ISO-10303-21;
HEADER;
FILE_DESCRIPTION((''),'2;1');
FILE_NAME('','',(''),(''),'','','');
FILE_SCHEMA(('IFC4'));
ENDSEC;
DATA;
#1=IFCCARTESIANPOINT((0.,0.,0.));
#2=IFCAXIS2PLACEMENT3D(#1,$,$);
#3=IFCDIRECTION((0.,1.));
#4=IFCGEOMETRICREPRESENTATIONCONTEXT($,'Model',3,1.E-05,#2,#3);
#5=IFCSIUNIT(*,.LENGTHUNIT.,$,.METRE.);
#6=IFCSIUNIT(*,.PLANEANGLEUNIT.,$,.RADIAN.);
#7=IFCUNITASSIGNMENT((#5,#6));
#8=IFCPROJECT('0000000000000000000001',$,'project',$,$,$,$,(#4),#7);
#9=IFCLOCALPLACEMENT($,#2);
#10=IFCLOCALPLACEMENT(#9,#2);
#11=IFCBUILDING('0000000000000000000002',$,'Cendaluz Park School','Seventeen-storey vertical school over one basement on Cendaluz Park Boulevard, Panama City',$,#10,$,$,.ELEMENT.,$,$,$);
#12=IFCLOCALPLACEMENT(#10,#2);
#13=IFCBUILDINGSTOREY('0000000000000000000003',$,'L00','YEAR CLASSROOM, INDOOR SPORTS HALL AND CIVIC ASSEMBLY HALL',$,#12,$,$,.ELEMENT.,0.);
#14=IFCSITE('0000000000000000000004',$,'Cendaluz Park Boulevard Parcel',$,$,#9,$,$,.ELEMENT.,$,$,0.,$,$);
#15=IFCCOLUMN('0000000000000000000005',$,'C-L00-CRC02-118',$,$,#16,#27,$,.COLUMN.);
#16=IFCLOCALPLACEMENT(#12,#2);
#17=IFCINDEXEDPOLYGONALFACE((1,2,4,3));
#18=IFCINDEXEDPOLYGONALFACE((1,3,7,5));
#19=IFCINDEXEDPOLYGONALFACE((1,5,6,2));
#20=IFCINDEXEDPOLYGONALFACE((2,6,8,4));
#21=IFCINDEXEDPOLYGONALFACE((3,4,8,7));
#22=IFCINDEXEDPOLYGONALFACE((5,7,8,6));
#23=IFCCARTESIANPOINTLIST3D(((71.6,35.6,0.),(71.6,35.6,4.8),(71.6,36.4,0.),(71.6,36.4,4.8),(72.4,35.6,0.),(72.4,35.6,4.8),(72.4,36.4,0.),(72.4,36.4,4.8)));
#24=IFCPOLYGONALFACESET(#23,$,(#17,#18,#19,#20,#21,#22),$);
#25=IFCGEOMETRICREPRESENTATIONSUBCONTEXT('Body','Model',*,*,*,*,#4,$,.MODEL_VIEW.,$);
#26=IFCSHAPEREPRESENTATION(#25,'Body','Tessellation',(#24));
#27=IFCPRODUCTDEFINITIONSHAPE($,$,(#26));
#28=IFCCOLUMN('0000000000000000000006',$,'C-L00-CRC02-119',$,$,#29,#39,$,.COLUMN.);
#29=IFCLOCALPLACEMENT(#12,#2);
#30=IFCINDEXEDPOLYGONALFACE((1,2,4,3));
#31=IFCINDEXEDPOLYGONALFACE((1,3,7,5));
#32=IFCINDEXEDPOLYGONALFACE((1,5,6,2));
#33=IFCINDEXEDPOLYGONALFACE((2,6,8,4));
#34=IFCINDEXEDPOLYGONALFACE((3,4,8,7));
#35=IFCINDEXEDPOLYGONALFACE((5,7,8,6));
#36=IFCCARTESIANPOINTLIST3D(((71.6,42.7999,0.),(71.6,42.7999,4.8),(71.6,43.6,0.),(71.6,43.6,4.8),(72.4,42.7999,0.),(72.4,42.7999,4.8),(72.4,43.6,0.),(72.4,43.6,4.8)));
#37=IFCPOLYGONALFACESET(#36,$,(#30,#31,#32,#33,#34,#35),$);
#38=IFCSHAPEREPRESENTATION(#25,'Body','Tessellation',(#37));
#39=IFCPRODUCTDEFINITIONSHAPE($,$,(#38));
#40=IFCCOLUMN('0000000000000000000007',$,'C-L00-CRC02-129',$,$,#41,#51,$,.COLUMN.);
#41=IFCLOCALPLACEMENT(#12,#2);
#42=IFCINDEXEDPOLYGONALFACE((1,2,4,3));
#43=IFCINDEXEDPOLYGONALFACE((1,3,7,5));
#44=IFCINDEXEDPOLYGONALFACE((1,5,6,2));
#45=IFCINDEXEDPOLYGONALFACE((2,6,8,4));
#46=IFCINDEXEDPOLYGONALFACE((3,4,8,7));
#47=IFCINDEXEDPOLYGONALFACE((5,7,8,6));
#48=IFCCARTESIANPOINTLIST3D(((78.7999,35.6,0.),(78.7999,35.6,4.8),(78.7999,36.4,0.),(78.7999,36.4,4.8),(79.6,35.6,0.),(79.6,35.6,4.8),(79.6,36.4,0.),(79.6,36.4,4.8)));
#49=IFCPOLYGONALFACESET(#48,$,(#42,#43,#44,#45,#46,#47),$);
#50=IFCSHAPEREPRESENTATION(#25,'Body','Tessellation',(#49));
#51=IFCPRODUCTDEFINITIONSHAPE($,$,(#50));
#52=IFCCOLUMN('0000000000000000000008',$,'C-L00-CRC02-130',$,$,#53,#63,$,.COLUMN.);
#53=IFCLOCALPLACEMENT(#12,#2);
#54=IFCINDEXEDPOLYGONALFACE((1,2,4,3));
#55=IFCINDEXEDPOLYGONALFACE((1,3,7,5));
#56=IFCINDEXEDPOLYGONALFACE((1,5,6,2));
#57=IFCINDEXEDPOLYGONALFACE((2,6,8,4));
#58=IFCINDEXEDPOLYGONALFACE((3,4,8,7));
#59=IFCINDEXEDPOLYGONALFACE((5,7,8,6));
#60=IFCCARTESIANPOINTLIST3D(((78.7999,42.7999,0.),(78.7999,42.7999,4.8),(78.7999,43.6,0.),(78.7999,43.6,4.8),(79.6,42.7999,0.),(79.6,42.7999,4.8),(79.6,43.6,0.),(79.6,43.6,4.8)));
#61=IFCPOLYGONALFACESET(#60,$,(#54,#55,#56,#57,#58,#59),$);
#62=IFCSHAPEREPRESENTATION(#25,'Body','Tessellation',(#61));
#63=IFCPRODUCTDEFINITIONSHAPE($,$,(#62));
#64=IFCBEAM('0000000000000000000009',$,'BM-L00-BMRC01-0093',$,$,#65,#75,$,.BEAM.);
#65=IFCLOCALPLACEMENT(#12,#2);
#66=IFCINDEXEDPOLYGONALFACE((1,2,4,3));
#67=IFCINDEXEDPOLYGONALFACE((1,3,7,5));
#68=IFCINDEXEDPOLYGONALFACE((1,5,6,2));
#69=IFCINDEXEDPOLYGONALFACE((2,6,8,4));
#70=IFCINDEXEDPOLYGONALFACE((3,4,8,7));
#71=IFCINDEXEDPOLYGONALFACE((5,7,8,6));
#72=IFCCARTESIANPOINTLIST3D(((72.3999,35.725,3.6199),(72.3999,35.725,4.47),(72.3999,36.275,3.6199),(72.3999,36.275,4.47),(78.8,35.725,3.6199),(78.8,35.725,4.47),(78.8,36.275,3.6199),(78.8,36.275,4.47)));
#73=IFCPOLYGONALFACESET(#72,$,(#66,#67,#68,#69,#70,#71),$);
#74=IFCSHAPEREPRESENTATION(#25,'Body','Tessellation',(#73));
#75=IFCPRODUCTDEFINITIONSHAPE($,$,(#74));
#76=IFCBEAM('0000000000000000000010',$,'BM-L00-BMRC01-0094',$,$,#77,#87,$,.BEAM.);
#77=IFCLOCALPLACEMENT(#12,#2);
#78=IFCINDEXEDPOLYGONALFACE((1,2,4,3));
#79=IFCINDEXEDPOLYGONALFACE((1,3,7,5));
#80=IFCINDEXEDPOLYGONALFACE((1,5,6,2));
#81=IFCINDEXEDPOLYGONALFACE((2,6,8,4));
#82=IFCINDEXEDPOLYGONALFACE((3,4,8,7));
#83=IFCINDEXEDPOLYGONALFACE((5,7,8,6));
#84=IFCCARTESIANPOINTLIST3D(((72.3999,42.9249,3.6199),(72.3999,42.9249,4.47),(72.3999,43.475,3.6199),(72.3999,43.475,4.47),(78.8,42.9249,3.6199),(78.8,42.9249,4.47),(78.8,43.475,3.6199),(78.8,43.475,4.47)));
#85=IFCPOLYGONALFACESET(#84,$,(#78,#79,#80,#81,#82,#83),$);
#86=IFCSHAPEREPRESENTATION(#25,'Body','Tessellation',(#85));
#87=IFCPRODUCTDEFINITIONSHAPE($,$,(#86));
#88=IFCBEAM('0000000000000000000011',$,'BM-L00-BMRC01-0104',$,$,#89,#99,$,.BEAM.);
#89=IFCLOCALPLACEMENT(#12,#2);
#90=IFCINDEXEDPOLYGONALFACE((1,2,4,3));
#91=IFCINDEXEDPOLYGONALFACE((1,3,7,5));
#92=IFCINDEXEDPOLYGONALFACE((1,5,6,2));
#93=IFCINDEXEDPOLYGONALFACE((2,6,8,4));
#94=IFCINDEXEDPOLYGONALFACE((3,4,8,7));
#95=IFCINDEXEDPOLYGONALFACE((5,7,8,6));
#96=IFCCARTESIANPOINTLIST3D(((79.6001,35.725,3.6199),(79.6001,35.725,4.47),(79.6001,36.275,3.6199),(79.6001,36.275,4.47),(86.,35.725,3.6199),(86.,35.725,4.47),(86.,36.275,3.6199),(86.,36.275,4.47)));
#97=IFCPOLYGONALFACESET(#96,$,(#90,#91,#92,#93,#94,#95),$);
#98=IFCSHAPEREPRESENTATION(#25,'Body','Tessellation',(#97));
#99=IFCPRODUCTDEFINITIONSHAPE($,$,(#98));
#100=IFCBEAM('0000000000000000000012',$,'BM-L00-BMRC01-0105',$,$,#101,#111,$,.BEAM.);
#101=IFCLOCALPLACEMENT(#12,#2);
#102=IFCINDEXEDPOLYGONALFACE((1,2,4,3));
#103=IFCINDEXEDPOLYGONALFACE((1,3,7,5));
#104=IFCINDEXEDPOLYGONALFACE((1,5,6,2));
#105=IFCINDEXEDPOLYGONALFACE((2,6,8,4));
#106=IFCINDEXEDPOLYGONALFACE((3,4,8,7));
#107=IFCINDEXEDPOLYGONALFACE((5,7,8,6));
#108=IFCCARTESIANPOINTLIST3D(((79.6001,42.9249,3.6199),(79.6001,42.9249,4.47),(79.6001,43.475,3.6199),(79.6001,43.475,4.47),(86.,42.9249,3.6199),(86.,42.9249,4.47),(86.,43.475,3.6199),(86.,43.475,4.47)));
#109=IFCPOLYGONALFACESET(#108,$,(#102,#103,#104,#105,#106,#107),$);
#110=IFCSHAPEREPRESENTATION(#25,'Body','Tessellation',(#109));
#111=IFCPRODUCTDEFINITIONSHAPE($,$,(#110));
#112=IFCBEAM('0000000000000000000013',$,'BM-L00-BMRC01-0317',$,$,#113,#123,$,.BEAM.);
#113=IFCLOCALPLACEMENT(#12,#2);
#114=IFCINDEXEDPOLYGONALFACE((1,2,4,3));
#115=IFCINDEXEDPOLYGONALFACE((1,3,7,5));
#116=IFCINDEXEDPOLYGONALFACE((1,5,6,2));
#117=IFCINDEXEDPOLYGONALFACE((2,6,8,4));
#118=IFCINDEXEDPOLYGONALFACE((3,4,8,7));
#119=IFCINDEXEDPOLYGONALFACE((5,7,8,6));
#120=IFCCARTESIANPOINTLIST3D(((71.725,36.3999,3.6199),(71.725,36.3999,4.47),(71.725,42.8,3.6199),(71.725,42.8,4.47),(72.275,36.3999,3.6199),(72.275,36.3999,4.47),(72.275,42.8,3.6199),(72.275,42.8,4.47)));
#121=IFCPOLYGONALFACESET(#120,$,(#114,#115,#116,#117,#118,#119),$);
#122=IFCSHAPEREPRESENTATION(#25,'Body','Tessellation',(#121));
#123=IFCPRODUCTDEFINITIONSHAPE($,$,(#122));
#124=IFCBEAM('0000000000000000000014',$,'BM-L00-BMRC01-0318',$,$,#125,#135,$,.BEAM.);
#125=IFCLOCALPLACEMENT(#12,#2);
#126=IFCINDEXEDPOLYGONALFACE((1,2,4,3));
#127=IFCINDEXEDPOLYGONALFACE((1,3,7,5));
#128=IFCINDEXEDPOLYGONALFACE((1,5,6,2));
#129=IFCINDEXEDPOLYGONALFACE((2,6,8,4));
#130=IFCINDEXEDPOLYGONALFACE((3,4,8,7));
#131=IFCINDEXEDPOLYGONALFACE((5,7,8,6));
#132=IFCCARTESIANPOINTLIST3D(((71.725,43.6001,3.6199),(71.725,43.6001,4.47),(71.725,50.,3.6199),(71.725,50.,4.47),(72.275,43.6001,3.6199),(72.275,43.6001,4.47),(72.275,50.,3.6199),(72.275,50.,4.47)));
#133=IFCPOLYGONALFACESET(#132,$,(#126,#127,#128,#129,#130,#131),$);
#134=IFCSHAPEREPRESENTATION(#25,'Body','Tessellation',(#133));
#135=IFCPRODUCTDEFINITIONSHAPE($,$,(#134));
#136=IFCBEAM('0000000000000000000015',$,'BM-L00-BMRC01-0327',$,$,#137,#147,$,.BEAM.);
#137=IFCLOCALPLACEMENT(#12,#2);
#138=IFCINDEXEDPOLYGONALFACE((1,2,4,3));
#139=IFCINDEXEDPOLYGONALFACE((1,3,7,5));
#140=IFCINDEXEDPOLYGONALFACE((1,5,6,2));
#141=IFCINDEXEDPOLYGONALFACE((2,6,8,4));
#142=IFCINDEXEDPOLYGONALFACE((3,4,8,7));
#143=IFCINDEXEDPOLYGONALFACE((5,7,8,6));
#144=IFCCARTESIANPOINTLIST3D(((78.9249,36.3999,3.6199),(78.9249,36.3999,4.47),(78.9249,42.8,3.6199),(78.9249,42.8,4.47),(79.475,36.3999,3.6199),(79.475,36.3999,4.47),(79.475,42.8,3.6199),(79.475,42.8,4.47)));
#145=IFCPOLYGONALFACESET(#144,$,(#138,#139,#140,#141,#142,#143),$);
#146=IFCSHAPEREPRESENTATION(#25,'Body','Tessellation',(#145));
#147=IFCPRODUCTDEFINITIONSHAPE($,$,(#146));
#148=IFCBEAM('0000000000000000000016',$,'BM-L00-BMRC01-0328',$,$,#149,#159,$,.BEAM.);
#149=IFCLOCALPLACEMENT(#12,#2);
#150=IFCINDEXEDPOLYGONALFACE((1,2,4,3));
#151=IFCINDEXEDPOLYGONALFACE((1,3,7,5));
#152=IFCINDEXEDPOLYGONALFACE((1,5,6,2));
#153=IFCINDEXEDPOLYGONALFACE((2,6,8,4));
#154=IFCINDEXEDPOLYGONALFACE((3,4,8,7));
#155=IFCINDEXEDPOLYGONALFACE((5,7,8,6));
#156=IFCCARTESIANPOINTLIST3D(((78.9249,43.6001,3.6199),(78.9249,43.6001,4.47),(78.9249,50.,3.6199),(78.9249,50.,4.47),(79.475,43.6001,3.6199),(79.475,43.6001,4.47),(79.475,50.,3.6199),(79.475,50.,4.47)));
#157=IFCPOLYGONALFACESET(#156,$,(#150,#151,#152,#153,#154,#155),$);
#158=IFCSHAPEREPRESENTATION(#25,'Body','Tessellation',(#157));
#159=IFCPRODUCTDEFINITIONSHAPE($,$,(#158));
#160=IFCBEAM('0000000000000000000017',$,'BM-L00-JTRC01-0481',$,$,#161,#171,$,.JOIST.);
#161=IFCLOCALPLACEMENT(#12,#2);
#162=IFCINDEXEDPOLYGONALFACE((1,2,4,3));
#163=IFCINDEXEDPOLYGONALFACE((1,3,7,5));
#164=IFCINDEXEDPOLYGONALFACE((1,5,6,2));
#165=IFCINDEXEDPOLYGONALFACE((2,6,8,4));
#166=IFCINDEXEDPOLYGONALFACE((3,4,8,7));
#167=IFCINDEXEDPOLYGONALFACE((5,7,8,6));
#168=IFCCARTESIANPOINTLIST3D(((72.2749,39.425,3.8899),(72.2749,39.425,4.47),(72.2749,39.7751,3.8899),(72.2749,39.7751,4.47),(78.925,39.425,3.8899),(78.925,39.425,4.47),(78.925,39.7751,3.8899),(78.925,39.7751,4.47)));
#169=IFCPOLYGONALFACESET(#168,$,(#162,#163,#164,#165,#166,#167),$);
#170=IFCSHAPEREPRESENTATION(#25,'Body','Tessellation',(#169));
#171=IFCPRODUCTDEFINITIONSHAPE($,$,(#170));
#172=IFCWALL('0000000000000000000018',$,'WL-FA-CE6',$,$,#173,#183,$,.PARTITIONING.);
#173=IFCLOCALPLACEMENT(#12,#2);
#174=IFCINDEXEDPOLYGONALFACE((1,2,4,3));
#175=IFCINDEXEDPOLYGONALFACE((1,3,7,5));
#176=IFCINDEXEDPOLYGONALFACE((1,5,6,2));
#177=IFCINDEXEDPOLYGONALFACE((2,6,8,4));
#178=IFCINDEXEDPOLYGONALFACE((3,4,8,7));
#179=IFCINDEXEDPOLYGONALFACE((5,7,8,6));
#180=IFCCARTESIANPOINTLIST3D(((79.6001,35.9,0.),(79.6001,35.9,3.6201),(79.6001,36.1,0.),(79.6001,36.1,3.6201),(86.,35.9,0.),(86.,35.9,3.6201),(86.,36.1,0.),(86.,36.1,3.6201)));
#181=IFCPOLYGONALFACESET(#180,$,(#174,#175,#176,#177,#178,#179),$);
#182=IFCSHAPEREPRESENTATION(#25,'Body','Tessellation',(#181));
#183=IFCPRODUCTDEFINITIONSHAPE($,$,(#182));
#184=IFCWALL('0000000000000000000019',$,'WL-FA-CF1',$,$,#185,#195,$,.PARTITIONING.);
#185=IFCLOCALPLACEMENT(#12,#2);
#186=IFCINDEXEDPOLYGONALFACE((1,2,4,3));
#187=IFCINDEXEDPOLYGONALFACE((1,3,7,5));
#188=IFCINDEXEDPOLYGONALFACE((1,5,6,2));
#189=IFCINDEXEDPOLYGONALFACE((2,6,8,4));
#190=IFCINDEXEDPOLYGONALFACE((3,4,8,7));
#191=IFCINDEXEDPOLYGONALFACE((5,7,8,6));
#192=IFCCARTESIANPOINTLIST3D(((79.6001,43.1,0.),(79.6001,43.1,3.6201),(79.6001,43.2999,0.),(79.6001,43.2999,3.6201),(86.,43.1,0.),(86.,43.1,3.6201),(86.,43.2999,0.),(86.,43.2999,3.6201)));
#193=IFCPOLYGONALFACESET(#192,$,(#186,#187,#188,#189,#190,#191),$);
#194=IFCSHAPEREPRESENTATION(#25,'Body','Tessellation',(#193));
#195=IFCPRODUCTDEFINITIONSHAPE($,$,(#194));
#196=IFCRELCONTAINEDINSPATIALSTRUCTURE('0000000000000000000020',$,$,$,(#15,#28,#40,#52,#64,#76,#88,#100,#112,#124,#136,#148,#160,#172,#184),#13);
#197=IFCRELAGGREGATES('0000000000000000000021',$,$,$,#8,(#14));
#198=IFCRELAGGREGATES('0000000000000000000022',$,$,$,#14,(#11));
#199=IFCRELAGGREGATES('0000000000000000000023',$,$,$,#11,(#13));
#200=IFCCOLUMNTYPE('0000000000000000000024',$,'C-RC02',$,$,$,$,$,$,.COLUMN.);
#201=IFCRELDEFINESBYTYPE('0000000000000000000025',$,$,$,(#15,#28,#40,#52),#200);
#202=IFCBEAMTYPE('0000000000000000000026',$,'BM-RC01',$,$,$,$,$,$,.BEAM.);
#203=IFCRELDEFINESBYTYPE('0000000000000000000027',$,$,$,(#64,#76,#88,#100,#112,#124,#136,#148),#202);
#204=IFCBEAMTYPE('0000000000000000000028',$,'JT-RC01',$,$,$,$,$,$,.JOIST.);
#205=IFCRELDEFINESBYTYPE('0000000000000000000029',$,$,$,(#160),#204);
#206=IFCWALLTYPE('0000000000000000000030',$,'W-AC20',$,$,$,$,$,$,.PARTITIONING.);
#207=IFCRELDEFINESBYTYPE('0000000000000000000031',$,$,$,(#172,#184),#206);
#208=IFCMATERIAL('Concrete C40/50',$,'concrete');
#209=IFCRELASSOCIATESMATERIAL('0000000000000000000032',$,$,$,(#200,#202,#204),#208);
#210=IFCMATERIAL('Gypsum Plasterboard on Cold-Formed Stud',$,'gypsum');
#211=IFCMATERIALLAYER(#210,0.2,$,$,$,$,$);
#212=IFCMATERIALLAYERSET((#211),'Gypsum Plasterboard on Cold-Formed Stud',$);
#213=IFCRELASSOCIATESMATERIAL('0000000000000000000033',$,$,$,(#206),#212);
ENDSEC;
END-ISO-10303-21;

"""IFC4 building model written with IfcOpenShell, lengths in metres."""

from ifc_helpers import new_model, si_unit, direction, frame, frame_2d, origin, origin_2d, place, context, subcontext, project, spatial, rectangle, extrude, material, layer, layer_set, material_profile, profile_set, type_object, element, save


model = new_model("IFC4")

# Units and contexts
model_context = context("Model", 3, precision=1e-05, world=origin(), true_north=direction((0.0, 1.0)))
body_context = subcontext(model_context, "Body", "Model", "MODEL_VIEW")
ifc_project = project(units=[si_unit("LENGTHUNIT", "METRE"), si_unit("PLANEANGLEUNIT", "RADIAN")], contexts=[model_context])

# Site, building, storey
site_placement = place(None, origin())
site = spatial("IfcSite", under=ifc_project, at=site_placement, Name="Cendaluz Park Boulevard Parcel", CompositionType="ELEMENT", RefElevation=0.0)
building_placement = place(site_placement, origin())
building = spatial("IfcBuilding", under=site, at=building_placement, Name="Cendaluz Park School", Description="Seventeen-storey vertical school over one basement on Cendaluz Park Boulevard, Panama City", CompositionType="ELEMENT")
storey_placement = place(building_placement, origin())
storey = spatial("IfcBuildingStorey", under=building, at=storey_placement, Name="L00", Description="YEAR CLASSROOM, INDOOR SPORTS HALL AND CIVIC ASSEMBLY HALL", CompositionType="ELEMENT", Elevation=0.0)

# Columns
ifc_material_1 = material(Name="Concrete C40/50", Category="concrete")
ifc_material_profile_1 = material_profile(ifc_material_1, rectangle(XDim=0.8, YDim=0.8, at=origin_2d()), Name="RC 800x800", Category="concrete")
ifc_profile_set_1 = profile_set([ifc_material_profile_1], Name="Concrete C40/50")
column_type = type_object("IfcColumnType", Name="C-RC02", PredefinedType="COLUMN", material=ifc_profile_set_1)
for number, where, z_axis, x_axis, name in (
    (1, (72.0, 36.0, 0.0), (0.0, 0.0, 1.0), (1.0, 0.0, 0.0), "C-L00-CRC02-118"),
    (2, (72.0, 43.2, 0.0), (0.0, 0.0, 1.0), (1.0, 0.0, 0.0), "C-L00-CRC02-119"),
    (3, (79.2, 36.0, 0.0), (0.0, 0.0, 1.0), (1.0, 0.0, 0.0), "C-L00-CRC02-129"),
    (4, (79.2, 43.2, 0.0), (0.0, 0.0, 1.0), (1.0, 0.0, 0.0), "C-L00-CRC02-130"),
):
    element("IfcColumn", number, at=place(storey_placement, frame(where, z_axis=z_axis, x_axis=x_axis)), inside=storey, type_object=column_type, Name=name, PredefinedType="COLUMN", context=body_context, shape_type="SweptSolid", body=[
        extrude(rectangle(XDim=0.8, YDim=0.8, at=origin_2d()), origin(), (0.0, 0.0, 1.0), 4.8),
    ])

# Beams
ifc_material_profile_2 = material_profile(ifc_material_1, rectangle(XDim=0.55, YDim=0.8501, at=origin_2d()), Name="RC 550x850", Category="concrete")
ifc_profile_set_2 = profile_set([ifc_material_profile_2], Name="Concrete C40/50")
beam_type_1 = type_object("IfcBeamType", Name="BM-RC01", PredefinedType="BEAM", material=ifc_profile_set_2)
for number, where, z_axis, x_axis, name in (
    (5, (72.3999, 36.0, 4.0449), (1.0, 0.0, 0.0), (0.0, 1.0, 0.0), "BM-L00-BMRC01-0093"),
    (6, (72.3999, 43.2, 4.0449), (1.0, 0.0, 0.0), (0.0, 1.0, 0.0), "BM-L00-BMRC01-0094"),
):
    element("IfcBeam", number, at=place(storey_placement, frame(where, z_axis=z_axis, x_axis=x_axis)), inside=storey, type_object=beam_type_1, Name=name, PredefinedType="BEAM", context=body_context, shape_type="SweptSolid", body=[
        extrude(rectangle(XDim=0.55, YDim=0.8501, at=origin_2d()), origin(), (0.0, 0.0, 1.0), 6.4001),
    ])
for number, where, z_axis, x_axis, name in (
    (7, (79.6001, 36.0, 4.0449), (1.0, 0.0, 0.0), (0.0, 1.0, 0.0), "BM-L00-BMRC01-0104"),
    (8, (79.6001, 43.2, 4.0449), (1.0, 0.0, 0.0), (0.0, 1.0, 0.0), "BM-L00-BMRC01-0105"),
):
    element("IfcBeam", number, at=place(storey_placement, frame(where, z_axis=z_axis, x_axis=x_axis)), inside=storey, type_object=beam_type_1, Name=name, PredefinedType="BEAM", context=body_context, shape_type="SweptSolid", body=[
        extrude(rectangle(XDim=0.55, YDim=0.8501, at=origin_2d()), origin(), (0.0, 0.0, 1.0), 6.3999),
    ])
beam_1_placement = place(storey_placement, frame((72.0, 36.3999, 4.0449), z_axis=(0.0, 1.0, 0.0), x_axis=(-1.0, 0.0, 0.0)))
element("IfcBeam", 9, at=beam_1_placement, inside=storey, type_object=beam_type_1, Name="BM-L00-BMRC01-0317", PredefinedType="BEAM", context=body_context, shape_type="SweptSolid", body=[
    extrude(rectangle(XDim=0.55, YDim=0.8501, at=origin_2d()), origin(), (0.0, 0.0, 1.0), 6.4001),
])
beam_2_placement = place(storey_placement, frame((72.0, 43.6001, 4.0449), z_axis=(0.0, 1.0, 0.0), x_axis=(-1.0, 0.0, 0.0)))
element("IfcBeam", 10, at=beam_2_placement, inside=storey, type_object=beam_type_1, Name="BM-L00-BMRC01-0318", PredefinedType="BEAM", context=body_context, shape_type="SweptSolid", body=[
    extrude(rectangle(XDim=0.55, YDim=0.8501, at=origin_2d()), origin(), (0.0, 0.0, 1.0), 6.3999),
])
beam_3_placement = place(storey_placement, frame((79.2, 36.3999, 4.0449), z_axis=(0.0, 1.0, 0.0), x_axis=(-1.0, 0.0, 0.0)))
element("IfcBeam", 11, at=beam_3_placement, inside=storey, type_object=beam_type_1, Name="BM-L00-BMRC01-0327", PredefinedType="BEAM", context=body_context, shape_type="SweptSolid", body=[
    extrude(rectangle(XDim=0.55, YDim=0.8501, at=origin_2d()), origin(), (0.0, 0.0, 1.0), 6.4001),
])
beam_4_placement = place(storey_placement, frame((79.2, 43.6001, 4.0449), z_axis=(0.0, 1.0, 0.0), x_axis=(-1.0, 0.0, 0.0)))
element("IfcBeam", 12, at=beam_4_placement, inside=storey, type_object=beam_type_1, Name="BM-L00-BMRC01-0328", PredefinedType="BEAM", context=body_context, shape_type="SweptSolid", body=[
    extrude(rectangle(XDim=0.55, YDim=0.8501, at=origin_2d()), origin(), (0.0, 0.0, 1.0), 6.3999),
])
ifc_material_profile_3 = material_profile(ifc_material_1, rectangle(XDim=0.3501, YDim=0.5801, at=origin_2d()), Name="RC 350x580", Category="concrete")
ifc_profile_set_3 = profile_set([ifc_material_profile_3], Name="Concrete C40/50")
beam_type_2 = type_object("IfcBeamType", Name="JT-RC01", PredefinedType="JOIST", material=ifc_profile_set_3)
beam_5_placement = place(storey_placement, frame((72.2749, 39.6001, 4.1799), z_axis=(1.0, 0.0, 0.0), x_axis=(0.0, 1.0, 0.0)))
element("IfcBeam", 13, at=beam_5_placement, inside=storey, type_object=beam_type_2, Name="BM-L00-JTRC01-0481", PredefinedType="JOIST", context=body_context, shape_type="SweptSolid", body=[
    extrude(rectangle(XDim=0.3501, YDim=0.5801, at=origin_2d()), origin(), (0.0, 0.0, 1.0), 6.6501),
])

# Walls
ifc_material_2 = material(Name="Gypsum Plasterboard on Cold-Formed Stud", Category="gypsum")
ifc_layer_1 = layer(ifc_material_2, 0.2)
ifc_layer_set_1 = layer_set([ifc_layer_1], Name="Gypsum Plasterboard on Cold-Formed Stud")
wall_type_1 = type_object("IfcWallType", Name="W-AC20", PredefinedType="PARTITIONING", material=ifc_layer_set_1)
for number, where, z_axis, x_axis, name in (
    (14, (79.6001, 36.0, 0.0), (0.0, 0.0, 1.0), (1.0, 0.0, 0.0), "WL-FA-CE6"),
    (15, (79.6001, 43.2, 0.0), (0.0, 0.0, 1.0), (1.0, 0.0, 0.0), "WL-FA-CF1"),
):
    element("IfcWall", number, at=place(storey_placement, frame(where, z_axis=z_axis, x_axis=x_axis)), inside=storey, type_object=wall_type_1, Name=name, PredefinedType="PARTITIONING", context=body_context, shape_type="SweptSolid", body=[
        extrude(rectangle(XDim=6.3999, YDim=0.2, at=frame_2d((3.2, 0.0))), origin(), (0.0, 0.0, 1.0), 3.6201),
    ])

save(model, "model.ifc")
